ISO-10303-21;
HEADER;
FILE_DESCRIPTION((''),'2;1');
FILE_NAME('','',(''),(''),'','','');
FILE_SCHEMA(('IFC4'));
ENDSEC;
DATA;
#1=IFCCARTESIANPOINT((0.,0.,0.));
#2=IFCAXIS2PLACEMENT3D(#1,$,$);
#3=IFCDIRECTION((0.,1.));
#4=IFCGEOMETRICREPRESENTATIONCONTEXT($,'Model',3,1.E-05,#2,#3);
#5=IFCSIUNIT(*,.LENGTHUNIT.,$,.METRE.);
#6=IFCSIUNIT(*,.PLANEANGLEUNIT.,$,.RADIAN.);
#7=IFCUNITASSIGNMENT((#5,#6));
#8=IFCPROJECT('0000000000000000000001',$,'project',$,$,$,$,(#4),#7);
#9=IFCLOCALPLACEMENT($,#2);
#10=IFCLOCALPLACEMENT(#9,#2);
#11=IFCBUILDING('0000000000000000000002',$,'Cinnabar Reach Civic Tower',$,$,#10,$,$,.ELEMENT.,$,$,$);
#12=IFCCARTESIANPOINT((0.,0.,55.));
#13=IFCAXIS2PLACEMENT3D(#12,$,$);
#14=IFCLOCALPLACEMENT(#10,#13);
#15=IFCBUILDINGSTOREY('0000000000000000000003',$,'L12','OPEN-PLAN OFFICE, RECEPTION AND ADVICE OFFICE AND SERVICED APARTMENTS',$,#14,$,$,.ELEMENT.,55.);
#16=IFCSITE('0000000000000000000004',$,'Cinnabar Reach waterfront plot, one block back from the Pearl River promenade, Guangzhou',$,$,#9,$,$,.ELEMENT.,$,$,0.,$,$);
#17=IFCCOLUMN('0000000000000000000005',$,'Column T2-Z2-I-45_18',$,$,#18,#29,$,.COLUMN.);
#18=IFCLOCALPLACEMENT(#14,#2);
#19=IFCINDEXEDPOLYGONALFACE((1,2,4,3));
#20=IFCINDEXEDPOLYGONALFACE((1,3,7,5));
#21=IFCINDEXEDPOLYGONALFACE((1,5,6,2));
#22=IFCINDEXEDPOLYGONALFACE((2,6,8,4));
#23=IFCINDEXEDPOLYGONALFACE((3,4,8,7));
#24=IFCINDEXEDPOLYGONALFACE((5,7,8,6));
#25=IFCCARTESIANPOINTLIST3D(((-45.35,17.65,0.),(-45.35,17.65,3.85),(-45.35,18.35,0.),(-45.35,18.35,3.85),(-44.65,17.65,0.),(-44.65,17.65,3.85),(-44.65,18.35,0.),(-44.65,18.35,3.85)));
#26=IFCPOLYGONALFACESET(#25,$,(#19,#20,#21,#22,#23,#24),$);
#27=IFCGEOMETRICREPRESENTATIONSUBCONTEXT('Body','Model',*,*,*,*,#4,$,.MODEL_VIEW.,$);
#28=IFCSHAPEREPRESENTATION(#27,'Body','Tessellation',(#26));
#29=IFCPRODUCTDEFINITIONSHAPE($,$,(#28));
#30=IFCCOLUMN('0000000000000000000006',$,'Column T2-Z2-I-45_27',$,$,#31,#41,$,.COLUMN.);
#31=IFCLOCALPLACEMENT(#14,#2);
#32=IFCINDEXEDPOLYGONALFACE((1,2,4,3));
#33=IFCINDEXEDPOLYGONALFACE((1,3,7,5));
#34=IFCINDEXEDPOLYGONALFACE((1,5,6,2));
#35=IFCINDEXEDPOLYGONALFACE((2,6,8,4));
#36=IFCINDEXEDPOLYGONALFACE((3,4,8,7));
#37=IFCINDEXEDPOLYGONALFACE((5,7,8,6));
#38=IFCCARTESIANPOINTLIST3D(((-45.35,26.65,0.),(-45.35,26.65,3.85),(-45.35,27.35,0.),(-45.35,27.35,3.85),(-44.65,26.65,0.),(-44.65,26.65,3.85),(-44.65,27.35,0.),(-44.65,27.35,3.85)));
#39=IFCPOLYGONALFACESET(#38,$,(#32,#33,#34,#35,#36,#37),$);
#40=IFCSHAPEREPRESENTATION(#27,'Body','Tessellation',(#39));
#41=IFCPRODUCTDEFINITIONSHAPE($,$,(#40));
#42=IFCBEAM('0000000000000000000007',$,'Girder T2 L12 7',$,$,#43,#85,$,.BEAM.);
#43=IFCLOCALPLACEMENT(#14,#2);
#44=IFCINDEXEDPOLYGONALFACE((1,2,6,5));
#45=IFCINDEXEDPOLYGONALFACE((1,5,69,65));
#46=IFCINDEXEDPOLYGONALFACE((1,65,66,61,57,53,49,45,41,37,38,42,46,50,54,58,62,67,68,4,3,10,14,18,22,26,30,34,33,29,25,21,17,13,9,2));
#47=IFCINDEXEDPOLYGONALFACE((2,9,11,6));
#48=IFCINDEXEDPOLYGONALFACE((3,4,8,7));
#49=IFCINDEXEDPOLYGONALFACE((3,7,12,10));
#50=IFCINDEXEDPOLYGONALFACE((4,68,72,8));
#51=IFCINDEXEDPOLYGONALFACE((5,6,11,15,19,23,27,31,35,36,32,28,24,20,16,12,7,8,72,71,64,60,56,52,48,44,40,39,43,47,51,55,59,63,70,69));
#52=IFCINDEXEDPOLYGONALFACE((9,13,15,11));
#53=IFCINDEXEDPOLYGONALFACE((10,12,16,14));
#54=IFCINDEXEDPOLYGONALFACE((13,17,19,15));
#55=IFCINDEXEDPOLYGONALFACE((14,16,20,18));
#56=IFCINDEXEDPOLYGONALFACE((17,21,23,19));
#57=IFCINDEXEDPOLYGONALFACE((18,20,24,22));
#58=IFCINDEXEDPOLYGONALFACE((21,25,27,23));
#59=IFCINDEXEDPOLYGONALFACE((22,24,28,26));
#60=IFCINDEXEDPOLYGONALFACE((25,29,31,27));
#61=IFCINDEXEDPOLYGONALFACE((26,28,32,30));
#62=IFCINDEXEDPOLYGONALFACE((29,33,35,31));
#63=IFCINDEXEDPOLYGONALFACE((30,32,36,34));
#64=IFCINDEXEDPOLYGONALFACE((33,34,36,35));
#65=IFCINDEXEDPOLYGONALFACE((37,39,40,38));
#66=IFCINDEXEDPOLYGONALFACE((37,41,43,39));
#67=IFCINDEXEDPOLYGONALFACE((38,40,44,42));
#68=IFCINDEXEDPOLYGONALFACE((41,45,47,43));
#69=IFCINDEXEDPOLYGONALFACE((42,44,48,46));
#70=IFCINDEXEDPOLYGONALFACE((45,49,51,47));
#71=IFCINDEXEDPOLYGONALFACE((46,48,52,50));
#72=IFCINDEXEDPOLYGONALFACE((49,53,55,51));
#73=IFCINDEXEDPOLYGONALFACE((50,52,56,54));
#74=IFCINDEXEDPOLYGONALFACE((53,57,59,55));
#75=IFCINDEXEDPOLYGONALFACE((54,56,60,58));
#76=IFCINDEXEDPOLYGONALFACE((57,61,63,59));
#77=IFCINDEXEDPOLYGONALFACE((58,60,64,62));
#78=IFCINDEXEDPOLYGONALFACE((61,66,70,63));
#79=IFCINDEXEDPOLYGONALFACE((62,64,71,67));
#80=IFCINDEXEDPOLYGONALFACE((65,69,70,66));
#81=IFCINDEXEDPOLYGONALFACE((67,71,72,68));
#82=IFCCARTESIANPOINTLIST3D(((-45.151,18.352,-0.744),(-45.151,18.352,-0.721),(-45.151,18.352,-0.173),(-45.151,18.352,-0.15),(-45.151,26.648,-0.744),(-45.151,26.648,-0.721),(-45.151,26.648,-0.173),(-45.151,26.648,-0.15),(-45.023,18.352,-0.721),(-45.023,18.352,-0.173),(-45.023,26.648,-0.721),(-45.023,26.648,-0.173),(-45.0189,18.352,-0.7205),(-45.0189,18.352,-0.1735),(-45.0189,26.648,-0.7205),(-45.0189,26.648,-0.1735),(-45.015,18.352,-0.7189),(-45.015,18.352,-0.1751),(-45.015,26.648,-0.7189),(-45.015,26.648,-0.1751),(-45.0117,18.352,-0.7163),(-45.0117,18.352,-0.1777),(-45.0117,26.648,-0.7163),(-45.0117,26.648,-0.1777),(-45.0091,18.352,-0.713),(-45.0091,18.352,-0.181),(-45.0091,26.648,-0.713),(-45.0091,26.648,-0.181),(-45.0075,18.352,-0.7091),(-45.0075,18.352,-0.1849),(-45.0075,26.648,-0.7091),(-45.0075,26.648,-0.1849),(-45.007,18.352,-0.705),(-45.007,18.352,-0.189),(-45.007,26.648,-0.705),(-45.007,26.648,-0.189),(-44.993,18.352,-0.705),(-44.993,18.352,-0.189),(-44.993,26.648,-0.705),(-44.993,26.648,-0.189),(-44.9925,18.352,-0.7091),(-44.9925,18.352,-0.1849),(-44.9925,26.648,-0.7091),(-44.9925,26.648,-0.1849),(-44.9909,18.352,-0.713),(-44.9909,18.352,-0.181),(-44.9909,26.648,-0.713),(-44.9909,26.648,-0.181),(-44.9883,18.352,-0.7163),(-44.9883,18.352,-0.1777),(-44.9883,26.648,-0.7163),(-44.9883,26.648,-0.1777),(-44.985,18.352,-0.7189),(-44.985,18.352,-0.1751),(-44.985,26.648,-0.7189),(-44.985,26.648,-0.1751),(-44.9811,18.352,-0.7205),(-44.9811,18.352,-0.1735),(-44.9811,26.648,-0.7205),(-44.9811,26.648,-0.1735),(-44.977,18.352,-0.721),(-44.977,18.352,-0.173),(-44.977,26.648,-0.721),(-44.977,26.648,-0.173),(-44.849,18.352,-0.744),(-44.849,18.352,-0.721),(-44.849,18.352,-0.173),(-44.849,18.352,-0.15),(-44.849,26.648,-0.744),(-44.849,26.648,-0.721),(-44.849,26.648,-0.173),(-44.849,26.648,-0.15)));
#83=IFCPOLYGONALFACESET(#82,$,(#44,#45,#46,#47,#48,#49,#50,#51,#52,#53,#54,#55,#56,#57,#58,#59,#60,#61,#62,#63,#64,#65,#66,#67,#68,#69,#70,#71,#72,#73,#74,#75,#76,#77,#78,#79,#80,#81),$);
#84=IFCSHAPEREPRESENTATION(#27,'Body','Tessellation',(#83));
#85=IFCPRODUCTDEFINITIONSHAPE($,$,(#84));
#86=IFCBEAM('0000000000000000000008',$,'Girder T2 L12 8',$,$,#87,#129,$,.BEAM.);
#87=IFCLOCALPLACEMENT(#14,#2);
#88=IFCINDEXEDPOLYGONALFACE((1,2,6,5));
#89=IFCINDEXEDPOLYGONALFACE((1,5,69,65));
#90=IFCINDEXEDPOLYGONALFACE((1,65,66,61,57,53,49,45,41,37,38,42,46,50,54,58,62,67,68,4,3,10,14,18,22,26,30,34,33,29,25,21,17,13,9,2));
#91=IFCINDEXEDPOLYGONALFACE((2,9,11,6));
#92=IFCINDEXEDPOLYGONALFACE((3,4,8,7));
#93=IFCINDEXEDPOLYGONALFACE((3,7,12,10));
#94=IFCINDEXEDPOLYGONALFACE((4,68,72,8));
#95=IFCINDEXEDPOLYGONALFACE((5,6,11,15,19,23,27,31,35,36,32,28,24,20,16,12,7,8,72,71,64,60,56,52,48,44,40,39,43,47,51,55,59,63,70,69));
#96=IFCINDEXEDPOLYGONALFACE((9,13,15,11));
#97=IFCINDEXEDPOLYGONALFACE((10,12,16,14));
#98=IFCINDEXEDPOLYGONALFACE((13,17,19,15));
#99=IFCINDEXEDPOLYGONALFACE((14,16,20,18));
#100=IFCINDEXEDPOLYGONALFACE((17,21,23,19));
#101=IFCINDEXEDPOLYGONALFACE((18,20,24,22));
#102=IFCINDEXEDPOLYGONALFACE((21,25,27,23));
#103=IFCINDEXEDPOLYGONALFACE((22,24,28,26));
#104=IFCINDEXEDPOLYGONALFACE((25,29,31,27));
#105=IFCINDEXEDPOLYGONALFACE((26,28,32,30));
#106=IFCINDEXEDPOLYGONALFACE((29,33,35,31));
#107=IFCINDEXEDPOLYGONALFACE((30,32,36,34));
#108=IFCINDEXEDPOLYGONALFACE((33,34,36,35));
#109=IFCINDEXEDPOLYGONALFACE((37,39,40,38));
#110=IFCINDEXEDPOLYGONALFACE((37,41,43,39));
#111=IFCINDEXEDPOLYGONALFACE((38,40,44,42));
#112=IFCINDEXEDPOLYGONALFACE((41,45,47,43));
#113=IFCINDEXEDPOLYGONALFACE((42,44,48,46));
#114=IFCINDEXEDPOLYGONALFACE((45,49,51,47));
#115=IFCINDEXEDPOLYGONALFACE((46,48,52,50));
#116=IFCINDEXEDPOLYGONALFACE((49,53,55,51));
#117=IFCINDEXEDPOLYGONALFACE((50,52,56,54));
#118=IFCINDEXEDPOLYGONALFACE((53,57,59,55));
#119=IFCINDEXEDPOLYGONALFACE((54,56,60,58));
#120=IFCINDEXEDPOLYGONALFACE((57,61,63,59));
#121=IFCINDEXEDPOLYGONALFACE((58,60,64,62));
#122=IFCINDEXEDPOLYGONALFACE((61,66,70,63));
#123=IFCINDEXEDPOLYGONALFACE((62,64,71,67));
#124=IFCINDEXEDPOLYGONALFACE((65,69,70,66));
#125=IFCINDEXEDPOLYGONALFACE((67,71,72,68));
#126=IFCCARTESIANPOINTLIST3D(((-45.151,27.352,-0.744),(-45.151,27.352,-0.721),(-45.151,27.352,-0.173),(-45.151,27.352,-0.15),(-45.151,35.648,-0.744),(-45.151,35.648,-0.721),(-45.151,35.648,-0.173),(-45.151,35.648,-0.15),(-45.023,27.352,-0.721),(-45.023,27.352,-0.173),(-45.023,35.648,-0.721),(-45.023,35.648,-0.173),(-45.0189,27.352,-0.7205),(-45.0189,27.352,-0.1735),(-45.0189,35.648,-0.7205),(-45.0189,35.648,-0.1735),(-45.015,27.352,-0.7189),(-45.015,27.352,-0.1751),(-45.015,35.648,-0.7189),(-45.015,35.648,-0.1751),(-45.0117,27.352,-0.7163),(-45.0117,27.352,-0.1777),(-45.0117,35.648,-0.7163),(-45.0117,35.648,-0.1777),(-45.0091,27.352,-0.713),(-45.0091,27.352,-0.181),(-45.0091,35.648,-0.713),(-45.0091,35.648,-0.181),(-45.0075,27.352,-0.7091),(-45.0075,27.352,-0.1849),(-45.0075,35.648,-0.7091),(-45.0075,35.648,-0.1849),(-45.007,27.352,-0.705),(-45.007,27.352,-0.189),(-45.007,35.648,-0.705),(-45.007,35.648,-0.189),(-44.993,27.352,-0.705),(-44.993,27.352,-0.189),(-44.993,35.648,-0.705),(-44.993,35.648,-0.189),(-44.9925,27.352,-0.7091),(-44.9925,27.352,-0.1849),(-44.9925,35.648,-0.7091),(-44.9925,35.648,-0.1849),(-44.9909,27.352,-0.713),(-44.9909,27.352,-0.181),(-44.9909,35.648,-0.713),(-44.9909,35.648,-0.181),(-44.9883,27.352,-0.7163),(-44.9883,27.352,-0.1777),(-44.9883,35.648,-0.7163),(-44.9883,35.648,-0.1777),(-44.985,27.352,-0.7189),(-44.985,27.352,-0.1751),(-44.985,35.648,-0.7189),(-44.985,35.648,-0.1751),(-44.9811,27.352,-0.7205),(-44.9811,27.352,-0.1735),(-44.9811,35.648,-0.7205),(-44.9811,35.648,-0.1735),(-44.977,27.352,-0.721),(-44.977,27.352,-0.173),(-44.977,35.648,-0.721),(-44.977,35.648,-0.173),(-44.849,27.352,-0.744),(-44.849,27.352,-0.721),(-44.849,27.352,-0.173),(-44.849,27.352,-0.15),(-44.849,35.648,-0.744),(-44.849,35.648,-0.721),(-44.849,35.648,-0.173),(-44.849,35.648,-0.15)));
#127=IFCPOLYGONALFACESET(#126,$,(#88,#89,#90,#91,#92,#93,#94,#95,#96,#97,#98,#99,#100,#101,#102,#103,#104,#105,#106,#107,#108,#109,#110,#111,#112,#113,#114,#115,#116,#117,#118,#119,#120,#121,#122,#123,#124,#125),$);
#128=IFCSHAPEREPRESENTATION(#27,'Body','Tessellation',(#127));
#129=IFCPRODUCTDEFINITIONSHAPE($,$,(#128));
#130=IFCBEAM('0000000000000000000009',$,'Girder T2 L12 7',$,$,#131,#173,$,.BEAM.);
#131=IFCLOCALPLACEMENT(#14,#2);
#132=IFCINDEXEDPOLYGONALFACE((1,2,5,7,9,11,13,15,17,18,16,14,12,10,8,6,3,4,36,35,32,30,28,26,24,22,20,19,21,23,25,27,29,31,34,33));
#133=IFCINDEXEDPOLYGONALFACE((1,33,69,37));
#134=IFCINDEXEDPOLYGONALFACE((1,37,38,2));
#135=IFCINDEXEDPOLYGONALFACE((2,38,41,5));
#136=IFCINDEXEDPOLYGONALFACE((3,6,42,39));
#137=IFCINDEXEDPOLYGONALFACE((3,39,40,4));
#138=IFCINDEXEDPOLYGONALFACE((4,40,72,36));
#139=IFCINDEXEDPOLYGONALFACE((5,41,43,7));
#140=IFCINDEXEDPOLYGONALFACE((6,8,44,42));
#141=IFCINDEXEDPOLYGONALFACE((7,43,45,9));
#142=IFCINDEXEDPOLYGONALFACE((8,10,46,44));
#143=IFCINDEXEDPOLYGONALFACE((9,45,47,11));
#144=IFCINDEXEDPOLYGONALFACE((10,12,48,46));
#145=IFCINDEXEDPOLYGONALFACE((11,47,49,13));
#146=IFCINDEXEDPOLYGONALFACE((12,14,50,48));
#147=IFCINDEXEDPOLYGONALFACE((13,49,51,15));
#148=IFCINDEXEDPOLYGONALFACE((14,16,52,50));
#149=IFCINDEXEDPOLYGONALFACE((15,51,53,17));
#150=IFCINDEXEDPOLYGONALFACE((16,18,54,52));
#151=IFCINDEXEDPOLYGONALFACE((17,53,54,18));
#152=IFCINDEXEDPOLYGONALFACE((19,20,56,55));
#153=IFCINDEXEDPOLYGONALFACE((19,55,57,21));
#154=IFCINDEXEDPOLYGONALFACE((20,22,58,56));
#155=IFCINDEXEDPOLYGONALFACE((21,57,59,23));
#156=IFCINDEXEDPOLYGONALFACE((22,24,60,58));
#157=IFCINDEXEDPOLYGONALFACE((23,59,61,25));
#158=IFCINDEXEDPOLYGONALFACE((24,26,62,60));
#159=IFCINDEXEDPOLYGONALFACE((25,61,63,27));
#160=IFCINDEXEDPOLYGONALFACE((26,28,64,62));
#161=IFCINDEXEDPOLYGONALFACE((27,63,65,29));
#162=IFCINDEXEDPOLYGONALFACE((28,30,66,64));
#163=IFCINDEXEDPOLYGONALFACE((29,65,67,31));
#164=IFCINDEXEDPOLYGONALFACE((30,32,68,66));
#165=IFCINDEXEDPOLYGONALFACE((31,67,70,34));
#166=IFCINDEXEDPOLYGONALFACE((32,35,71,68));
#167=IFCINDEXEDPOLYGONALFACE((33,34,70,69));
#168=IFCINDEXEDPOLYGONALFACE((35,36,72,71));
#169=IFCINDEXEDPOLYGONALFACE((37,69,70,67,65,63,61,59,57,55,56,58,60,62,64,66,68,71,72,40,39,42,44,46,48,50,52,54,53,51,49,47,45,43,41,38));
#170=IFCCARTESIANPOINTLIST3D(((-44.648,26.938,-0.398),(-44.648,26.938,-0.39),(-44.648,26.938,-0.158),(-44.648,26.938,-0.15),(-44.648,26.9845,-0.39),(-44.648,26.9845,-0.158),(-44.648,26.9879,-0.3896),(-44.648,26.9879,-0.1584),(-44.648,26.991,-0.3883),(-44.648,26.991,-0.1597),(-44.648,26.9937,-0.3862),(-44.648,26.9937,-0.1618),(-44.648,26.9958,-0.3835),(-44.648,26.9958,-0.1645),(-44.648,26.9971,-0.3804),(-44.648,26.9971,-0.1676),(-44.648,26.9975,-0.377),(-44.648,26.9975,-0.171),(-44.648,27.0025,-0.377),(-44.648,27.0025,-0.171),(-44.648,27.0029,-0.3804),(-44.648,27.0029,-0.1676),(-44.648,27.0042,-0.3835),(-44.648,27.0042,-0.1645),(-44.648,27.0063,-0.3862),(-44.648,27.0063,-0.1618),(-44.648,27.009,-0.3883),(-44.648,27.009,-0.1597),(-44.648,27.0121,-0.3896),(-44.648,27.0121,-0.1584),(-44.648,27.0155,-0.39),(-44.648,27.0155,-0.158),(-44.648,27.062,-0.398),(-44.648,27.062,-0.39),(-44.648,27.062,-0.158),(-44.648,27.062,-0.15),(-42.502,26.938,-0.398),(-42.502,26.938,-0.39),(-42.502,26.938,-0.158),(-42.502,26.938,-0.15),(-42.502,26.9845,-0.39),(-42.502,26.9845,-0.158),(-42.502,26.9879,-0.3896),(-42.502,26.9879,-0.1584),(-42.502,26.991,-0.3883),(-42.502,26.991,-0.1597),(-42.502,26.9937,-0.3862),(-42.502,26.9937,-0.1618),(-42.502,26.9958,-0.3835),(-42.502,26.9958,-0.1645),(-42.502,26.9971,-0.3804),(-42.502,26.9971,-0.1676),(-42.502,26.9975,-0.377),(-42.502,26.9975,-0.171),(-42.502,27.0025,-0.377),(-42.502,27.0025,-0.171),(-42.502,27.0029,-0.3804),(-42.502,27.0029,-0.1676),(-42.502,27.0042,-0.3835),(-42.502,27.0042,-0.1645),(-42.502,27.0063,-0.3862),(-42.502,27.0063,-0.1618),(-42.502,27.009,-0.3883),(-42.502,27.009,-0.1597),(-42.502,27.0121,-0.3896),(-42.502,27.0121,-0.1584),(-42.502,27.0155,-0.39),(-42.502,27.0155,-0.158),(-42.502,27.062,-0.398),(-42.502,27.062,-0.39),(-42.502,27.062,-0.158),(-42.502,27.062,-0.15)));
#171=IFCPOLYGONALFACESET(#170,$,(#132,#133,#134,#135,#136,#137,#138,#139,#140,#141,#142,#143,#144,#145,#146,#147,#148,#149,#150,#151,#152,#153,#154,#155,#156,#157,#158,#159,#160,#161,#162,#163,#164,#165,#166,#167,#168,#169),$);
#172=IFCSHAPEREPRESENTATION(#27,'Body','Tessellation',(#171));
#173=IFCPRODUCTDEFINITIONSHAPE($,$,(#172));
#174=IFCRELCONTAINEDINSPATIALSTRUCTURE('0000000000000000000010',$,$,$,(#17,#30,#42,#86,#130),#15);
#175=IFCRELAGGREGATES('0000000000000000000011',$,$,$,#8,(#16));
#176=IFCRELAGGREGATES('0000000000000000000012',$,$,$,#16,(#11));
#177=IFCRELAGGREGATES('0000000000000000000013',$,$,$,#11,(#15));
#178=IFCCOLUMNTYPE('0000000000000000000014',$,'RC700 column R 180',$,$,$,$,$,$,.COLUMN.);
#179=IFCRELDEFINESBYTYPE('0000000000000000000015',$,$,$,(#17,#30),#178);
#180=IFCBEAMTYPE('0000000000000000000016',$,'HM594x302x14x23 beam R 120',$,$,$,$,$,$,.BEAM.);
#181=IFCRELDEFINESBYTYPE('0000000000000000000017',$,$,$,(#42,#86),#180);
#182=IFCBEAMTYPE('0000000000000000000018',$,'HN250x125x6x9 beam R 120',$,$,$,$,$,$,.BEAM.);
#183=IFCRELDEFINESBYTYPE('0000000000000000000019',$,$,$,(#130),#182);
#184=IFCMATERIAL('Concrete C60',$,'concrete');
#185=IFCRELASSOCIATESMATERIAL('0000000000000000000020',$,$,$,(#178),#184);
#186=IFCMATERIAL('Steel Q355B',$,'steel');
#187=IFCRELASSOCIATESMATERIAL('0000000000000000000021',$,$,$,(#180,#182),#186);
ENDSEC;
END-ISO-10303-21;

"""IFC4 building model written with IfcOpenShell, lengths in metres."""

from ifc_helpers import new_model, si_unit, direction, frame, origin, origin_2d, place, context, subcontext, project, spatial, rectangle, i_section, extrude, material, material_profile, profile_set, type_object, element, save


model = new_model("IFC4")

# Units and contexts
model_context = context("Model", 3, precision=1e-05, world=origin(), true_north=direction((0.0, 1.0)))
body_context = subcontext(model_context, "Body", "Model", "MODEL_VIEW")
ifc_project = project(units=[si_unit("LENGTHUNIT", "METRE"), si_unit("PLANEANGLEUNIT", "RADIAN")], contexts=[model_context])

# Site, building, storey
site_placement = place(None, origin())
site = spatial("IfcSite", under=ifc_project, at=site_placement, Name="Cinnabar Reach waterfront plot, one block back from the Pearl River promenade, Guangzhou", CompositionType="ELEMENT", RefElevation=0.0)
building_placement = place(site_placement, origin())
building = spatial("IfcBuilding", under=site, at=building_placement, Name="Cinnabar Reach Civic Tower", CompositionType="ELEMENT")
storey_placement = place(building_placement, frame((0.0, 0.0, 55.0)))
storey = spatial("IfcBuildingStorey", under=building, at=storey_placement, Name="L12", Description="OPEN-PLAN OFFICE, RECEPTION AND ADVICE OFFICE AND SERVICED APARTMENTS", CompositionType="ELEMENT", Elevation=55.0)

# Columns
ifc_material_1 = material(Name="Concrete C60", Category="concrete")
ifc_material_profile_1 = material_profile(ifc_material_1, rectangle(XDim=0.7, YDim=0.7, at=origin_2d()), Name="RC700")
ifc_profile_set_1 = profile_set([ifc_material_profile_1], Name="Concrete C60")
column_type = type_object("IfcColumnType", Name="RC700 column R 180", PredefinedType="COLUMN", material=ifc_profile_set_1)
for number, where, z_axis, x_axis, name in (
    (1, (-45.0, 18.0, 0.0), (0.0, 0.0, 1.0), (1.0, 0.0, 0.0), "Column T2-Z2-I-45_18"),
    (2, (-45.0, 27.0, 0.0), (0.0, 0.0, 1.0), (1.0, 0.0, 0.0), "Column T2-Z2-I-45_27"),
):
    element("IfcColumn", number, at=place(storey_placement, frame(where, z_axis=z_axis, x_axis=x_axis)), inside=storey, type_object=column_type, Name=name, PredefinedType="COLUMN", context=body_context, shape_type="SweptSolid", body=[
        extrude(rectangle(XDim=0.7, YDim=0.7, at=origin_2d()), origin(), (0.0, 0.0, 1.0), 3.85),
    ])

# Beams
ifc_material_2 = material(Name="Steel Q355B", Category="steel")
ifc_material_profile_2 = material_profile(ifc_material_2, i_section(OverallWidth=0.302, OverallDepth=0.594, WebThickness=0.014, FlangeThickness=0.023, FilletRadius=0.016, at=origin_2d()), Name="HM594x302x14x23")
ifc_profile_set_2 = profile_set([ifc_material_profile_2], Name="Steel Q355B")
beam_type_1 = type_object("IfcBeamType", Name="HM594x302x14x23 beam R 120", PredefinedType="BEAM", material=ifc_profile_set_2)
for number, where, z_axis, x_axis, name in (
    (3, (-45.0, 18.352, -0.447), (0.0, 1.0, 0.0), (-1.0, 0.0, 0.0), "Girder T2 L12 7"),
    (4, (-45.0, 27.352, -0.447), (0.0, 1.0, 0.0), (-1.0, 0.0, 0.0), "Girder T2 L12 8"),
):
    element("IfcBeam", number, at=place(storey_placement, frame(where, z_axis=z_axis, x_axis=x_axis)), inside=storey, type_object=beam_type_1, Name=name, PredefinedType="BEAM", context=body_context, shape_type="SweptSolid", body=[
        extrude(i_section(OverallWidth=0.302, OverallDepth=0.594, WebThickness=0.014, FlangeThickness=0.023, FilletRadius=0.016, at=origin_2d()), origin(), (0.0, 0.0, 1.0), 8.296),
    ])
ifc_material_profile_3 = material_profile(ifc_material_2, i_section(OverallWidth=0.124, OverallDepth=0.248, WebThickness=0.005, FlangeThickness=0.008, FilletRadius=0.013, at=origin_2d()), Name="HN250x125x6x9")
ifc_profile_set_3 = profile_set([ifc_material_profile_3], Name="Steel Q355B")
beam_type_2 = type_object("IfcBeamType", Name="HN250x125x6x9 beam R 120", PredefinedType="BEAM", material=ifc_profile_set_3)
beam_1_placement = place(storey_placement, frame((-44.648, 27.0, -0.274), z_axis=(1.0, 0.0, 0.0), x_axis=(0.0, 1.0, 0.0)))
element("IfcBeam", 5, at=beam_1_placement, inside=storey, type_object=beam_type_2, Name="Girder T2 L12 7", PredefinedType="BEAM", context=body_context, shape_type="SweptSolid", body=[
    extrude(i_section(OverallWidth=0.124, OverallDepth=0.248, WebThickness=0.005, FlangeThickness=0.008, FilletRadius=0.013, at=origin_2d()), origin(), (0.0, 0.0, 1.0), 2.146),
])

save(model, "model.ifc")
